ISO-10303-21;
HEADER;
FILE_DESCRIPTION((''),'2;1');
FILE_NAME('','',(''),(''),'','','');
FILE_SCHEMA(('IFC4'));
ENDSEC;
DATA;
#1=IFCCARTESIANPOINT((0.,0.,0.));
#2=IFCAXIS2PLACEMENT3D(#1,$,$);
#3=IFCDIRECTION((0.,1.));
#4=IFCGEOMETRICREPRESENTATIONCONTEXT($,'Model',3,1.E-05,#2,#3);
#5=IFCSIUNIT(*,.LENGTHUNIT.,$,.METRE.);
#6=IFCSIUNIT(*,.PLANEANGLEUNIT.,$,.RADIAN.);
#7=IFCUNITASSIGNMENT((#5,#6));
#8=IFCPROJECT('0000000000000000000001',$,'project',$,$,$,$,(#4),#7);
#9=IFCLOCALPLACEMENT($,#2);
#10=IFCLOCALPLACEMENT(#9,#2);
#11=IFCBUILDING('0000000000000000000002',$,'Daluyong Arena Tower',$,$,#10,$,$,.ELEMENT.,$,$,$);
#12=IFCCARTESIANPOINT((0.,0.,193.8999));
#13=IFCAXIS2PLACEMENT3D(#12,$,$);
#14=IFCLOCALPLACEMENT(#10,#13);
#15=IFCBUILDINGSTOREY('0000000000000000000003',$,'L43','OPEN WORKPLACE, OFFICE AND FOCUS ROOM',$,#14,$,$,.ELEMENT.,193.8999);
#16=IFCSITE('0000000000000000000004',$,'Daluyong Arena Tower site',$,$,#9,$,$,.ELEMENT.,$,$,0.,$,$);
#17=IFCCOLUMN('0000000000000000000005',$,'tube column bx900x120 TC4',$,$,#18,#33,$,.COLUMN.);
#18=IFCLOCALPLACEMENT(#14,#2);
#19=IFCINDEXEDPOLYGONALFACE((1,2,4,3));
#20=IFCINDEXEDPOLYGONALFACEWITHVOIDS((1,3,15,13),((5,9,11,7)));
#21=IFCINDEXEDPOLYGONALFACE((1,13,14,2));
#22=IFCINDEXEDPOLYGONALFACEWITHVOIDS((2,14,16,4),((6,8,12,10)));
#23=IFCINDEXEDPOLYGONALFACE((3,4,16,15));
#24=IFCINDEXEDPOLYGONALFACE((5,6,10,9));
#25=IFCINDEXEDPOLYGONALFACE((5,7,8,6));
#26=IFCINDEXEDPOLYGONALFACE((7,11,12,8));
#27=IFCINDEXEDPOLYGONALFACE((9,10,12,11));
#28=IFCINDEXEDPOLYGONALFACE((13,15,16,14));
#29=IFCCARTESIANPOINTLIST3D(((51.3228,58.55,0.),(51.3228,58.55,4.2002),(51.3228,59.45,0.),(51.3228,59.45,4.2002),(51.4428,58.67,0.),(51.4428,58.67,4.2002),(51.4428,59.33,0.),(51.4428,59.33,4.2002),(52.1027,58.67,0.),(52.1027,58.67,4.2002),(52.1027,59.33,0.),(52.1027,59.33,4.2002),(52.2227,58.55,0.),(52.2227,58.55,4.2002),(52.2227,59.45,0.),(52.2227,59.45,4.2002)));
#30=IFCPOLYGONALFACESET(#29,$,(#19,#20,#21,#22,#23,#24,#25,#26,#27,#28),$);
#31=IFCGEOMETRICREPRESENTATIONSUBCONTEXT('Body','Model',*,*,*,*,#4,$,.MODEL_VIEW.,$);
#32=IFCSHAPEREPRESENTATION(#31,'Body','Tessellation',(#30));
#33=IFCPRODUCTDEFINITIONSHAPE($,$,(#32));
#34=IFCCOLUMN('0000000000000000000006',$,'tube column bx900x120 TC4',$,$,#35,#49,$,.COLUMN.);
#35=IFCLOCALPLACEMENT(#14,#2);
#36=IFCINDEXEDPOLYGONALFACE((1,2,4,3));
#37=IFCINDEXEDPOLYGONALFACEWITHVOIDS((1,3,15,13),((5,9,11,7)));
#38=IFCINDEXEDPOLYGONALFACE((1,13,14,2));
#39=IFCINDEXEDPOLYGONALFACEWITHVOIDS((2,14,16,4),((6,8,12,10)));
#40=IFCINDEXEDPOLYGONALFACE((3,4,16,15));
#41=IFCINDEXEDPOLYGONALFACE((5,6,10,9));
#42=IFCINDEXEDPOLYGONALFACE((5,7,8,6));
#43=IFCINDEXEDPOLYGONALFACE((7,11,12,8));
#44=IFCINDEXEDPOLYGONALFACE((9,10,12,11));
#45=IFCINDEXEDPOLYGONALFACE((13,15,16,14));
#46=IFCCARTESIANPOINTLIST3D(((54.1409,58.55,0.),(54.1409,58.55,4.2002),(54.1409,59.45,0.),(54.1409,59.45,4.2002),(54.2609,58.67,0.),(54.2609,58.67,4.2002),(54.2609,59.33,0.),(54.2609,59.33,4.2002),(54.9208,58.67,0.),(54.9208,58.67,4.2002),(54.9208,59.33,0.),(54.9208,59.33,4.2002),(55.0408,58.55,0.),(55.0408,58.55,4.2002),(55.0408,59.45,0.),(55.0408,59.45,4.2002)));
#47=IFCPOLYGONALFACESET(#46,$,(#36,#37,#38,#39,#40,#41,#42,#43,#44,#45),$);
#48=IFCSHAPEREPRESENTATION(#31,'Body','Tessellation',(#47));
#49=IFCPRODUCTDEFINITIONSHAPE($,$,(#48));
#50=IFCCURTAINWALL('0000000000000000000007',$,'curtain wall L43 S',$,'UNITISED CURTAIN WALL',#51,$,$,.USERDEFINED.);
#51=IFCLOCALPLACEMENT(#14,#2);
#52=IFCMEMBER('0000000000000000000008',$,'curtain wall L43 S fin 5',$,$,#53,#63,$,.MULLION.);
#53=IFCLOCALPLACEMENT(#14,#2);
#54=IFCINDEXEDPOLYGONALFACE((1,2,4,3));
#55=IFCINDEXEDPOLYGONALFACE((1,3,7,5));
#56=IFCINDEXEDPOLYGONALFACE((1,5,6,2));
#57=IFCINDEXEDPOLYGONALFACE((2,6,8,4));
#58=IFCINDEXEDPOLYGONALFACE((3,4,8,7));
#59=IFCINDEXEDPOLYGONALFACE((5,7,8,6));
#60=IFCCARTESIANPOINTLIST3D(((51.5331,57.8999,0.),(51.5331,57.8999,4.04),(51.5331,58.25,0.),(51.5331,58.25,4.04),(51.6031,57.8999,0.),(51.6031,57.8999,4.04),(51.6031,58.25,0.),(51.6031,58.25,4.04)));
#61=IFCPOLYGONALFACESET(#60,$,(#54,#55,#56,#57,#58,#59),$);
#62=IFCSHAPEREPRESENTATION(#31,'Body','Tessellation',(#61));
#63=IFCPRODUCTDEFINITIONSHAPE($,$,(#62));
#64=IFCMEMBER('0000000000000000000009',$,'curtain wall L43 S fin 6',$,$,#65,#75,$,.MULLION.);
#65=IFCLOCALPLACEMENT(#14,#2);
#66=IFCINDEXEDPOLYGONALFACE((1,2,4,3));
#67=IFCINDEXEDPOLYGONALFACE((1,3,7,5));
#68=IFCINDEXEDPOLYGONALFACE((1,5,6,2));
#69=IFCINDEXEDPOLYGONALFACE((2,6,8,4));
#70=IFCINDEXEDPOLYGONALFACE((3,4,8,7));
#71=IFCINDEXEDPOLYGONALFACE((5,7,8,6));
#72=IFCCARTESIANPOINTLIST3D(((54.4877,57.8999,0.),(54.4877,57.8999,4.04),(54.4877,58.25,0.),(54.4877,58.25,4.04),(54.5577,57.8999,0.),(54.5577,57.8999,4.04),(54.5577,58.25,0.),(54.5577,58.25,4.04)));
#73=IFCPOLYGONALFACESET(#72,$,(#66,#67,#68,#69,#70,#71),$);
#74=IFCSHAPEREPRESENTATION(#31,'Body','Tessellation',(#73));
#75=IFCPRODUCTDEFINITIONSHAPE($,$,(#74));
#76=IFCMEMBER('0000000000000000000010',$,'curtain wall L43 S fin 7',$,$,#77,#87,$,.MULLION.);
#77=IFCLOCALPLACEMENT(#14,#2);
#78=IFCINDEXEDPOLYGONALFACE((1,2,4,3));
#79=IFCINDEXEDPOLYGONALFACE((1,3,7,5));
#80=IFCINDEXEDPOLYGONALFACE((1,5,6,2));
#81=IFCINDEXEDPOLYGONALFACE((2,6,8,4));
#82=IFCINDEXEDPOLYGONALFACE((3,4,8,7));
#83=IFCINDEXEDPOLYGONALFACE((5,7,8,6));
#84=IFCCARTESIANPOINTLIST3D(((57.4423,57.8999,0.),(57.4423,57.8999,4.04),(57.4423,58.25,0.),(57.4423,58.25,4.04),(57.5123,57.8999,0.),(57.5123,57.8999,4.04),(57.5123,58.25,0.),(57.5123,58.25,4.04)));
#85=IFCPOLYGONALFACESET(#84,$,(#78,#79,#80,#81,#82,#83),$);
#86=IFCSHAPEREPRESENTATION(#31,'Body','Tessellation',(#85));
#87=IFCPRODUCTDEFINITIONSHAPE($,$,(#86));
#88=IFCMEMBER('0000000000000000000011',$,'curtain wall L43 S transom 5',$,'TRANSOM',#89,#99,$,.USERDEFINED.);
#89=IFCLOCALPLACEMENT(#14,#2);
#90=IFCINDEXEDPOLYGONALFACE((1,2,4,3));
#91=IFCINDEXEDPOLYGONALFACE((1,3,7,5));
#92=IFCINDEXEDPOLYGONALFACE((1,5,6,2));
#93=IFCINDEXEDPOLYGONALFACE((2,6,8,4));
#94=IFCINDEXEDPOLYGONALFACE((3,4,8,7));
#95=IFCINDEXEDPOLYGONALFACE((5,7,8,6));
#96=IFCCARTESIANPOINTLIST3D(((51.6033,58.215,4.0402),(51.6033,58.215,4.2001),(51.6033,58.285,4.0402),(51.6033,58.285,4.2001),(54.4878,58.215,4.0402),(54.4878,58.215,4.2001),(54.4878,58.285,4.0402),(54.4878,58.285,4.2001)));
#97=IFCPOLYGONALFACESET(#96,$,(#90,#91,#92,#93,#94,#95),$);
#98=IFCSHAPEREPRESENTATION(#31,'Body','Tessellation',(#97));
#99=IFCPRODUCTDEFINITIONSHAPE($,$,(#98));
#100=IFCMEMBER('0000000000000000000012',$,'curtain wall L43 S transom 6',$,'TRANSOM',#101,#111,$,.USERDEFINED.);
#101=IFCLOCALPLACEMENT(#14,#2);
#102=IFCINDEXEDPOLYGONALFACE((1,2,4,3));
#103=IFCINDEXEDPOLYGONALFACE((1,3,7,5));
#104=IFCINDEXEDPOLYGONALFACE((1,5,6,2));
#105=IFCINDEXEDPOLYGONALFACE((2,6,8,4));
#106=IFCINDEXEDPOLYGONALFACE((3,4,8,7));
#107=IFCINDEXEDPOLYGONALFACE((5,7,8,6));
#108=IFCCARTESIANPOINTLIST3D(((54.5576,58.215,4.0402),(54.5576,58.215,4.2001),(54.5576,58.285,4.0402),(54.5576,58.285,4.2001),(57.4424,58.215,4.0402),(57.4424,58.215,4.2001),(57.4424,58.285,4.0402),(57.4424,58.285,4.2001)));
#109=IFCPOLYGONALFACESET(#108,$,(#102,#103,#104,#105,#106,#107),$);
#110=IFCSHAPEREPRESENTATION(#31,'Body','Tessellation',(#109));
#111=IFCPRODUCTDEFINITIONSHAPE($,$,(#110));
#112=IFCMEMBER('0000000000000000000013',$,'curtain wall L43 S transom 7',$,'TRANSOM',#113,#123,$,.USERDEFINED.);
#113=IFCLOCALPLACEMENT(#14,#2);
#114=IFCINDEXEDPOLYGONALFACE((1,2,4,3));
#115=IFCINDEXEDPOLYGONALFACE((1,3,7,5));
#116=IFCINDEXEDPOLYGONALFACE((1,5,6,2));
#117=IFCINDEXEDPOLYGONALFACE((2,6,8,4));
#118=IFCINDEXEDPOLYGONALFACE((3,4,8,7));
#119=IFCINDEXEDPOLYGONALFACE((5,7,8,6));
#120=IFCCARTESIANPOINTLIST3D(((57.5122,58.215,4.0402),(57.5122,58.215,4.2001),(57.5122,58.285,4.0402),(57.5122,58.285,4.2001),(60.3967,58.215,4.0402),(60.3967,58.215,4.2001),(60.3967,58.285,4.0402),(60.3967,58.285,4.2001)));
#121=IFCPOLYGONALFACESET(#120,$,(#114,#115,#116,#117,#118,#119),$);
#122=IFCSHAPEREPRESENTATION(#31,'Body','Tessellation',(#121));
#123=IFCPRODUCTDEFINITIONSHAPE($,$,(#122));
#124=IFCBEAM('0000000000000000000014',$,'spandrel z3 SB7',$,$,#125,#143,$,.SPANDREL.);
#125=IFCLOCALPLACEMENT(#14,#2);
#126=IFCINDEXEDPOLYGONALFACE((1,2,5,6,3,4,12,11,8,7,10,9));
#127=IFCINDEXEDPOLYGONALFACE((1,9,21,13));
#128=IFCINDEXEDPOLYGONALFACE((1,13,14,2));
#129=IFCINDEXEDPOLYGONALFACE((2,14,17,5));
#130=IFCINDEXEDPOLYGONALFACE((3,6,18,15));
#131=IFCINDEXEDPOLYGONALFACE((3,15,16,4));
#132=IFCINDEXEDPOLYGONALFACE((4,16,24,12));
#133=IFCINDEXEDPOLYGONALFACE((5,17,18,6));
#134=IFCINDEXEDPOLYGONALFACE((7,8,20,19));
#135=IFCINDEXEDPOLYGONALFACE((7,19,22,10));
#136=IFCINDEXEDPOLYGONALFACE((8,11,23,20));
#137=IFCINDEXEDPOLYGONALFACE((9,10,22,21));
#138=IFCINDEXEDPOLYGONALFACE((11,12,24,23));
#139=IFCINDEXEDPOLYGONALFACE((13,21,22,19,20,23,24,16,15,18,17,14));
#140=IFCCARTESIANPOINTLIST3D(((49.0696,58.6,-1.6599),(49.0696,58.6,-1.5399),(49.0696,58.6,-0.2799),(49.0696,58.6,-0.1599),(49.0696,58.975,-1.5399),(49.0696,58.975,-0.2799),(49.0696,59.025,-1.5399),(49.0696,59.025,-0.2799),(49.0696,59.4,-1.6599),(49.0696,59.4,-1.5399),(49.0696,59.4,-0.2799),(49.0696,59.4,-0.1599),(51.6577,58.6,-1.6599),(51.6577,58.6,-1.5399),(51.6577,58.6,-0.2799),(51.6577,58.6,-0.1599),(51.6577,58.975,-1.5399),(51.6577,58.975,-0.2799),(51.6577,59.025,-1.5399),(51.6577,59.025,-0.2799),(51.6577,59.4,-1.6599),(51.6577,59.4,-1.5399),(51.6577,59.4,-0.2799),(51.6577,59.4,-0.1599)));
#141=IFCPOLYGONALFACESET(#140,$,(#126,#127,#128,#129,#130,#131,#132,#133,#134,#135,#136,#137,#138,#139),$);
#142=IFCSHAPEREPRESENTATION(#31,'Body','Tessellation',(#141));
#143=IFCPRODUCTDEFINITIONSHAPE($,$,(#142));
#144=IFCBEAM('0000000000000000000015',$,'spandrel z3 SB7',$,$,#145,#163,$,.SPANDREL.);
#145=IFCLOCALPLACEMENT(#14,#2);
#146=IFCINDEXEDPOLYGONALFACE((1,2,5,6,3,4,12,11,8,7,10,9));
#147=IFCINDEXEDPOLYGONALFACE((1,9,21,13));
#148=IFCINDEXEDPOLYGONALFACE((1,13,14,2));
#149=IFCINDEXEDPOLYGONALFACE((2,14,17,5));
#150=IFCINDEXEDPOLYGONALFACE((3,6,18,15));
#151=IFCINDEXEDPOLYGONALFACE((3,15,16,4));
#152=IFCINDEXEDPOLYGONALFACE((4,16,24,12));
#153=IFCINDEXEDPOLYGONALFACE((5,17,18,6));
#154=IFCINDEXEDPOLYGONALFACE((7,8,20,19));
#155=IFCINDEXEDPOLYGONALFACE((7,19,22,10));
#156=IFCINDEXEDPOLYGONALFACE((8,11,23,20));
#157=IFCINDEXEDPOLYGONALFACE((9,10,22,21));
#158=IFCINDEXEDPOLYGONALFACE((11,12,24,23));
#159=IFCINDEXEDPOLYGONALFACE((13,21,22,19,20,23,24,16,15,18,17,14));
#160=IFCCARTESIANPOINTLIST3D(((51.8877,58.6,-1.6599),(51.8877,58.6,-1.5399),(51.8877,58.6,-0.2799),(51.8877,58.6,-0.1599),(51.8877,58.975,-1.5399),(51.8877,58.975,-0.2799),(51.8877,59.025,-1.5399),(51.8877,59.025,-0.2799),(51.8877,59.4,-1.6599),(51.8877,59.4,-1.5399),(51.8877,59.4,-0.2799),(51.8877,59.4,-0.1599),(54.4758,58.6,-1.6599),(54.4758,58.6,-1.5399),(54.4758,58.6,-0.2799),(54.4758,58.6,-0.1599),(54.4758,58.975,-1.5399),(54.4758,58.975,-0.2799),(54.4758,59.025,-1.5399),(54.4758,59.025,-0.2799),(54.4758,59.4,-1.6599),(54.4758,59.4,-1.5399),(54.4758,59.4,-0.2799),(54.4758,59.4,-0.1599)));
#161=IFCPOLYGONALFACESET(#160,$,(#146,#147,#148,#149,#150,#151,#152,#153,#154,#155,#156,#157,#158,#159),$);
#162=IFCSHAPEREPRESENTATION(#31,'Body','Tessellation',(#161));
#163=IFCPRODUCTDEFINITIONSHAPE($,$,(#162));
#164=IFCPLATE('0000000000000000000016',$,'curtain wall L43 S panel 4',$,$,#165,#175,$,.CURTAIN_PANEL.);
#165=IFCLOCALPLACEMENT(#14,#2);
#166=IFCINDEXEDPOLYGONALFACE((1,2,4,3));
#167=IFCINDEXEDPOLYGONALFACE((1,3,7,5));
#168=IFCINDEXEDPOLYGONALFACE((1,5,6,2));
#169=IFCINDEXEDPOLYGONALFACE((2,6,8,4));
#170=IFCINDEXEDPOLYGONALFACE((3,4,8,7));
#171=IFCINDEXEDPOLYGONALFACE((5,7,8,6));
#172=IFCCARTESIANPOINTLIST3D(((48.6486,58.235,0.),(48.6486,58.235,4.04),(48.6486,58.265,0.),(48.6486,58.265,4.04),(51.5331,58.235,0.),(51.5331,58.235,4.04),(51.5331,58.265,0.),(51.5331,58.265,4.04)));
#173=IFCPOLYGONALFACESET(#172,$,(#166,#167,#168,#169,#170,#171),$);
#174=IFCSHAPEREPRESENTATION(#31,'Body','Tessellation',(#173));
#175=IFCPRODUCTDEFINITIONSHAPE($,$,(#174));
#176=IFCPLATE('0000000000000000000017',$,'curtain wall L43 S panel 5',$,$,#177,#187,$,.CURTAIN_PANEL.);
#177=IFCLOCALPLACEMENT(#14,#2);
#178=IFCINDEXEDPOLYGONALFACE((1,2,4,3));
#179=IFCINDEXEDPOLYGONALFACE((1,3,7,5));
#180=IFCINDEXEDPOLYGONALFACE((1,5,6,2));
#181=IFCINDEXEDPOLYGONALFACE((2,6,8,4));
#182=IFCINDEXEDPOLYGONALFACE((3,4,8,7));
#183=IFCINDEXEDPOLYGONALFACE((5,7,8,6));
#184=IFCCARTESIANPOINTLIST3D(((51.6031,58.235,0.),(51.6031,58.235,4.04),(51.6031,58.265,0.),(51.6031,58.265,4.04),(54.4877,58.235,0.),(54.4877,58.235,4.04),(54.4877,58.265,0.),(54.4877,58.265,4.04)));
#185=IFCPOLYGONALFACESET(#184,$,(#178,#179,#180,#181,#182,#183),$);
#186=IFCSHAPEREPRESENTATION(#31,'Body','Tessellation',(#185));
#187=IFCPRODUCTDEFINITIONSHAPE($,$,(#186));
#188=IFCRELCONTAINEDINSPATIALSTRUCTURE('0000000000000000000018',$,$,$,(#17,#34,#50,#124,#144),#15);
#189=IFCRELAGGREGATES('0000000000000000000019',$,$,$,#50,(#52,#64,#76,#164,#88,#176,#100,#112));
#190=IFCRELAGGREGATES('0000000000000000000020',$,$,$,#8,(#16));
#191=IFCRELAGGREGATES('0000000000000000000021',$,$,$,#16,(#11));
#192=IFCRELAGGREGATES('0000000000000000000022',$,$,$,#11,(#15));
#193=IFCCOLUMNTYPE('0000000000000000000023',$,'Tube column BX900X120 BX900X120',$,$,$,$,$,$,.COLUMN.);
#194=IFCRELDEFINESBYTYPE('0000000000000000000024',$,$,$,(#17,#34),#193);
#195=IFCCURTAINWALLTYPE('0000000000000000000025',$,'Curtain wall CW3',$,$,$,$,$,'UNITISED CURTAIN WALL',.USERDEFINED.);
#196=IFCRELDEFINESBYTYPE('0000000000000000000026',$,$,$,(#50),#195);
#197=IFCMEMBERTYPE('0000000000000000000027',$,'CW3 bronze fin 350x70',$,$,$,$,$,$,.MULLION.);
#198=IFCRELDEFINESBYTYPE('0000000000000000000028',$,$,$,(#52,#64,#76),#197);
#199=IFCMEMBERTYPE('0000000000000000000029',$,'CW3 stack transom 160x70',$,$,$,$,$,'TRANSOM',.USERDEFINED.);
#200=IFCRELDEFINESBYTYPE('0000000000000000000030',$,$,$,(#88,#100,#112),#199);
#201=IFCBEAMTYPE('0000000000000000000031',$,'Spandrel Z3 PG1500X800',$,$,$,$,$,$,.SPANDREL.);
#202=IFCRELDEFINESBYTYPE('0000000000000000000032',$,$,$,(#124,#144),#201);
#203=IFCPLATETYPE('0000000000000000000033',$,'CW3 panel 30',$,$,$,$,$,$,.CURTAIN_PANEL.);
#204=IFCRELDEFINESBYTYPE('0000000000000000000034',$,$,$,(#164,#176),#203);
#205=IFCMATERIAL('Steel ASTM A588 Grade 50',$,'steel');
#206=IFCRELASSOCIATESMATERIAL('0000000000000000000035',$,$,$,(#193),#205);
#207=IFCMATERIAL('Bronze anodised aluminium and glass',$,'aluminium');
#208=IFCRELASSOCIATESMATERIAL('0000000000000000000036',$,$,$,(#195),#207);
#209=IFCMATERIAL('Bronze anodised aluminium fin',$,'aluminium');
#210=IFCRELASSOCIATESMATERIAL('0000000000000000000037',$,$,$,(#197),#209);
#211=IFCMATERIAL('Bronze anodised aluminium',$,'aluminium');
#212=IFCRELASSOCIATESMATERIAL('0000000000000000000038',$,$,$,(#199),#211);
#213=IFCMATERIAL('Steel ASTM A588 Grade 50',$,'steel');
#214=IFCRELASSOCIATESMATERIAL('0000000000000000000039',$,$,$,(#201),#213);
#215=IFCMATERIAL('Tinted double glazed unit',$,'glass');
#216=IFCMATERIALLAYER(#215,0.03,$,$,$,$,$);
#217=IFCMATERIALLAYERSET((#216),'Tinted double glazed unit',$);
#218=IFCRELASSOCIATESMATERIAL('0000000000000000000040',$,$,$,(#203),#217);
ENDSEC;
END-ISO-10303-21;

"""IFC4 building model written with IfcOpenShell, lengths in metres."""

from ifc_helpers import new_model, si_unit, direction, frame, origin, origin_2d, place, context, subcontext, project, spatial, rectangle, hollow_rectangle, i_section, extrude, material, layer, layer_set, material_profile, profile_set, type_object, element, aggregate, save


model = new_model("IFC4")

# Units and contexts
model_context = context("Model", 3, precision=1e-05, world=origin(), true_north=direction((0.0, 1.0)))
body_context = subcontext(model_context, "Body", "Model", "MODEL_VIEW")
ifc_project = project(units=[si_unit("LENGTHUNIT", "METRE"), si_unit("PLANEANGLEUNIT", "RADIAN")], contexts=[model_context])

# Site, building, storey
site_placement = place(None, origin())
site = spatial("IfcSite", under=ifc_project, at=site_placement, Name="Daluyong Arena Tower site", CompositionType="ELEMENT", RefElevation=0.0)
building_placement = place(site_placement, origin())
building = spatial("IfcBuilding", under=site, at=building_placement, Name="Daluyong Arena Tower", CompositionType="ELEMENT")
storey_placement = place(building_placement, frame((0.0, 0.0, 193.8999)))
storey = spatial("IfcBuildingStorey", under=building, at=storey_placement, Name="L43", Description="OPEN WORKPLACE, OFFICE AND FOCUS ROOM", CompositionType="ELEMENT", Elevation=193.8999)

# Columns
ifc_material_1 = material(Name="Steel ASTM A588 Grade 50", Category="steel")
ifc_material_profile_1 = material_profile(ifc_material_1, hollow_rectangle(XDim=0.8999, YDim=0.8999, WallThickness=0.12, at=origin_2d()))
ifc_profile_set_1 = profile_set([ifc_material_profile_1], Name="Steel ASTM A588 Grade 50")
column_type = type_object("IfcColumnType", Name="Tube column BX900X120 BX900X120", PredefinedType="COLUMN", material=ifc_profile_set_1)
for number, where, z_axis, x_axis, name in (
    (1, (51.7727, 59.0, 0.0), (0.0, 0.0, 1.0), (1.0, 0.0, 0.0), "tube column bx900x120 TC4"),
    (2, (54.5908, 59.0, 0.0), (0.0, 0.0, 1.0), (1.0, 0.0, 0.0), "tube column bx900x120 TC4"),
):
    element("IfcColumn", number, at=place(storey_placement, frame(where, z_axis=z_axis, x_axis=x_axis)), inside=storey, type_object=column_type, Name=name, PredefinedType="COLUMN", context=body_context, shape_type="SweptSolid", body=[
        extrude(hollow_rectangle(XDim=0.8999, YDim=0.8999, WallThickness=0.12, at=origin_2d()), origin(), (0.0, 0.0, 1.0), 4.2002),
    ])

# Curtain wall, members
ifc_material_2 = material(Name="Bronze anodised aluminium and glass", Category="aluminium")
curtain_wall_type = type_object("IfcCurtainWallType", Name="Curtain wall CW3", ElementType="UNITISED CURTAIN WALL", PredefinedType="USERDEFINED", material=ifc_material_2)
curtain_wall_placement = place(storey_placement, origin())
curtain_wall = element("IfcCurtainWall", 3, at=curtain_wall_placement, inside=storey, type_object=curtain_wall_type, Name="curtain wall L43 S", ObjectType="UNITISED CURTAIN WALL", PredefinedType="USERDEFINED")
ifc_material_3 = material(Name="Bronze anodised aluminium fin", Category="aluminium")
ifc_material_profile_2 = material_profile(ifc_material_3, rectangle(XDim=0.3501, YDim=0.0701, at=origin_2d()))
ifc_profile_set_2 = profile_set([ifc_material_profile_2], Name="Bronze anodised aluminium fin")
member_type_1 = type_object("IfcMemberType", Name="CW3 bronze fin 350x70", PredefinedType="MULLION", material=ifc_profile_set_2)
member_1_placement = place(storey_placement, frame((51.5681, 58.075, 0.0), z_axis=(0.0, 0.0, 1.0), x_axis=(0.0, 1.0, 0.0)))
member_1 = element("IfcMember", 4, at=member_1_placement, type_object=member_type_1, Name="curtain wall L43 S fin 5", PredefinedType="MULLION", context=body_context, shape_type="SweptSolid", body=[
    extrude(rectangle(XDim=0.3501, YDim=0.0701, at=origin_2d()), origin(), (0.0, 0.0, 1.0), 4.04),
])
member_2_placement = place(storey_placement, frame((54.5227, 58.075, 0.0), z_axis=(0.0, 0.0, 1.0), x_axis=(0.0, 1.0, 0.0)))
member_2 = element("IfcMember", 5, at=member_2_placement, type_object=member_type_1, Name="curtain wall L43 S fin 6", PredefinedType="MULLION", context=body_context, shape_type="SweptSolid", body=[
    extrude(rectangle(XDim=0.3501, YDim=0.0701, at=origin_2d()), origin(), (0.0, 0.0, 1.0), 4.04),
])
member_3_placement = place(storey_placement, frame((57.4773, 58.075, 0.0), z_axis=(0.0, 0.0, 1.0), x_axis=(0.0, 1.0, 0.0)))
member_3 = element("IfcMember", 6, at=member_3_placement, type_object=member_type_1, Name="curtain wall L43 S fin 7", PredefinedType="MULLION", context=body_context, shape_type="SweptSolid", body=[
    extrude(rectangle(XDim=0.3501, YDim=0.0701, at=origin_2d()), origin(), (0.0, 0.0, 1.0), 4.04),
])
ifc_material_4 = material(Name="Bronze anodised aluminium", Category="aluminium")
ifc_material_profile_3 = material_profile(ifc_material_4, rectangle(XDim=0.0701, YDim=0.1599, at=origin_2d()))
ifc_profile_set_3 = profile_set([ifc_material_profile_3], Name="Bronze anodised aluminium")
member_type_2 = type_object("IfcMemberType", Name="CW3 stack transom 160x70", ElementType="TRANSOM", PredefinedType="USERDEFINED", material=ifc_profile_set_3)
member_4_placement = place(storey_placement, frame((51.6033, 58.25, 4.1201), z_axis=(1.0, 0.0, 0.0), x_axis=(0.0, 1.0, 0.0)))
member_4 = element("IfcMember", 7, at=member_4_placement, type_object=member_type_2, Name="curtain wall L43 S transom 5", ObjectType="TRANSOM", PredefinedType="USERDEFINED", context=body_context, shape_type="SweptSolid", body=[
    extrude(rectangle(XDim=0.0701, YDim=0.1599, at=origin_2d()), origin(), (0.0, 0.0, 1.0), 2.8845),
])
member_5_placement = place(storey_placement, frame((54.5576, 58.25, 4.1201), z_axis=(1.0, 0.0, 0.0), x_axis=(0.0, 1.0, 0.0)))
member_5 = element("IfcMember", 8, at=member_5_placement, type_object=member_type_2, Name="curtain wall L43 S transom 6", ObjectType="TRANSOM", PredefinedType="USERDEFINED", context=body_context, shape_type="SweptSolid", body=[
    extrude(rectangle(XDim=0.0701, YDim=0.1599, at=origin_2d()), origin(), (0.0, 0.0, 1.0), 2.8848),
])
member_6_placement = place(storey_placement, frame((57.5122, 58.25, 4.1201), z_axis=(1.0, 0.0, 0.0), x_axis=(0.0, 1.0, 0.0)))
member_6 = element("IfcMember", 9, at=member_6_placement, type_object=member_type_2, Name="curtain wall L43 S transom 7", ObjectType="TRANSOM", PredefinedType="USERDEFINED", context=body_context, shape_type="SweptSolid", body=[
    extrude(rectangle(XDim=0.0701, YDim=0.1599, at=origin_2d()), origin(), (0.0, 0.0, 1.0), 2.8845),
])

# Beams
ifc_material_5 = material(Name="Steel ASTM A588 Grade 50", Category="steel")
ifc_material_profile_4 = material_profile(ifc_material_5, i_section(OverallWidth=0.8, OverallDepth=1.5, WebThickness=0.05, FlangeThickness=0.12, at=origin_2d()))
ifc_profile_set_4 = profile_set([ifc_material_profile_4], Name="Steel ASTM A588 Grade 50")
beam_type = type_object("IfcBeamType", Name="Spandrel Z3 PG1500X800", PredefinedType="SPANDREL", material=ifc_profile_set_4)
for number, where, z_axis, x_axis, name in (
    (10, (49.0696, 59.0, -0.9099), (1.0, 0.0, 0.0), (0.0, 1.0, 0.0), "spandrel z3 SB7"),
    (11, (51.8877, 59.0, -0.9099), (1.0, 0.0, 0.0), (0.0, 1.0, 0.0), "spandrel z3 SB7"),
):
    element("IfcBeam", number, at=place(storey_placement, frame(where, z_axis=z_axis, x_axis=x_axis)), inside=storey, type_object=beam_type, Name=name, PredefinedType="SPANDREL", context=body_context, shape_type="SweptSolid", body=[
        extrude(i_section(OverallWidth=0.8, OverallDepth=1.5, WebThickness=0.05, FlangeThickness=0.12, at=origin_2d()), origin(), (0.0, 0.0, 1.0), 2.5881),
    ])

# Plates
ifc_material_6 = material(Name="Tinted double glazed unit", Category="glass")
ifc_layer = layer(ifc_material_6, 0.03)
ifc_layer_set = layer_set([ifc_layer], Name="Tinted double glazed unit")
plate_type = type_object("IfcPlateType", Name="CW3 panel 30", PredefinedType="CURTAIN_PANEL", material=ifc_layer_set)
plate_1_placement = place(storey_placement, frame((50.0908, 58.25, 0.0), z_axis=(0.0, 0.0, 1.0), x_axis=(1.0, 0.0, 0.0)))
plate_1 = element("IfcPlate", 12, at=plate_1_placement, type_object=plate_type, Name="curtain wall L43 S panel 4", PredefinedType="CURTAIN_PANEL", context=body_context, shape_type="SweptSolid", body=[
    extrude(rectangle(XDim=2.8845, YDim=0.03, at=origin_2d()), origin(), (0.0, 0.0, 1.0), 4.04),
])
plate_2_placement = place(storey_placement, frame((53.0454, 58.25, 0.0), z_axis=(0.0, 0.0, 1.0), x_axis=(1.0, 0.0, 0.0)))
plate_2 = element("IfcPlate", 13, at=plate_2_placement, type_object=plate_type, Name="curtain wall L43 S panel 5", PredefinedType="CURTAIN_PANEL", context=body_context, shape_type="SweptSolid", body=[
    extrude(rectangle(XDim=2.8845, YDim=0.03, at=origin_2d()), origin(), (0.0, 0.0, 1.0), 4.04),
])
aggregate(curtain_wall, [member_1, member_2, member_3, plate_1, member_4, plate_2, member_5, member_6])

save(model, "model.ifc")
